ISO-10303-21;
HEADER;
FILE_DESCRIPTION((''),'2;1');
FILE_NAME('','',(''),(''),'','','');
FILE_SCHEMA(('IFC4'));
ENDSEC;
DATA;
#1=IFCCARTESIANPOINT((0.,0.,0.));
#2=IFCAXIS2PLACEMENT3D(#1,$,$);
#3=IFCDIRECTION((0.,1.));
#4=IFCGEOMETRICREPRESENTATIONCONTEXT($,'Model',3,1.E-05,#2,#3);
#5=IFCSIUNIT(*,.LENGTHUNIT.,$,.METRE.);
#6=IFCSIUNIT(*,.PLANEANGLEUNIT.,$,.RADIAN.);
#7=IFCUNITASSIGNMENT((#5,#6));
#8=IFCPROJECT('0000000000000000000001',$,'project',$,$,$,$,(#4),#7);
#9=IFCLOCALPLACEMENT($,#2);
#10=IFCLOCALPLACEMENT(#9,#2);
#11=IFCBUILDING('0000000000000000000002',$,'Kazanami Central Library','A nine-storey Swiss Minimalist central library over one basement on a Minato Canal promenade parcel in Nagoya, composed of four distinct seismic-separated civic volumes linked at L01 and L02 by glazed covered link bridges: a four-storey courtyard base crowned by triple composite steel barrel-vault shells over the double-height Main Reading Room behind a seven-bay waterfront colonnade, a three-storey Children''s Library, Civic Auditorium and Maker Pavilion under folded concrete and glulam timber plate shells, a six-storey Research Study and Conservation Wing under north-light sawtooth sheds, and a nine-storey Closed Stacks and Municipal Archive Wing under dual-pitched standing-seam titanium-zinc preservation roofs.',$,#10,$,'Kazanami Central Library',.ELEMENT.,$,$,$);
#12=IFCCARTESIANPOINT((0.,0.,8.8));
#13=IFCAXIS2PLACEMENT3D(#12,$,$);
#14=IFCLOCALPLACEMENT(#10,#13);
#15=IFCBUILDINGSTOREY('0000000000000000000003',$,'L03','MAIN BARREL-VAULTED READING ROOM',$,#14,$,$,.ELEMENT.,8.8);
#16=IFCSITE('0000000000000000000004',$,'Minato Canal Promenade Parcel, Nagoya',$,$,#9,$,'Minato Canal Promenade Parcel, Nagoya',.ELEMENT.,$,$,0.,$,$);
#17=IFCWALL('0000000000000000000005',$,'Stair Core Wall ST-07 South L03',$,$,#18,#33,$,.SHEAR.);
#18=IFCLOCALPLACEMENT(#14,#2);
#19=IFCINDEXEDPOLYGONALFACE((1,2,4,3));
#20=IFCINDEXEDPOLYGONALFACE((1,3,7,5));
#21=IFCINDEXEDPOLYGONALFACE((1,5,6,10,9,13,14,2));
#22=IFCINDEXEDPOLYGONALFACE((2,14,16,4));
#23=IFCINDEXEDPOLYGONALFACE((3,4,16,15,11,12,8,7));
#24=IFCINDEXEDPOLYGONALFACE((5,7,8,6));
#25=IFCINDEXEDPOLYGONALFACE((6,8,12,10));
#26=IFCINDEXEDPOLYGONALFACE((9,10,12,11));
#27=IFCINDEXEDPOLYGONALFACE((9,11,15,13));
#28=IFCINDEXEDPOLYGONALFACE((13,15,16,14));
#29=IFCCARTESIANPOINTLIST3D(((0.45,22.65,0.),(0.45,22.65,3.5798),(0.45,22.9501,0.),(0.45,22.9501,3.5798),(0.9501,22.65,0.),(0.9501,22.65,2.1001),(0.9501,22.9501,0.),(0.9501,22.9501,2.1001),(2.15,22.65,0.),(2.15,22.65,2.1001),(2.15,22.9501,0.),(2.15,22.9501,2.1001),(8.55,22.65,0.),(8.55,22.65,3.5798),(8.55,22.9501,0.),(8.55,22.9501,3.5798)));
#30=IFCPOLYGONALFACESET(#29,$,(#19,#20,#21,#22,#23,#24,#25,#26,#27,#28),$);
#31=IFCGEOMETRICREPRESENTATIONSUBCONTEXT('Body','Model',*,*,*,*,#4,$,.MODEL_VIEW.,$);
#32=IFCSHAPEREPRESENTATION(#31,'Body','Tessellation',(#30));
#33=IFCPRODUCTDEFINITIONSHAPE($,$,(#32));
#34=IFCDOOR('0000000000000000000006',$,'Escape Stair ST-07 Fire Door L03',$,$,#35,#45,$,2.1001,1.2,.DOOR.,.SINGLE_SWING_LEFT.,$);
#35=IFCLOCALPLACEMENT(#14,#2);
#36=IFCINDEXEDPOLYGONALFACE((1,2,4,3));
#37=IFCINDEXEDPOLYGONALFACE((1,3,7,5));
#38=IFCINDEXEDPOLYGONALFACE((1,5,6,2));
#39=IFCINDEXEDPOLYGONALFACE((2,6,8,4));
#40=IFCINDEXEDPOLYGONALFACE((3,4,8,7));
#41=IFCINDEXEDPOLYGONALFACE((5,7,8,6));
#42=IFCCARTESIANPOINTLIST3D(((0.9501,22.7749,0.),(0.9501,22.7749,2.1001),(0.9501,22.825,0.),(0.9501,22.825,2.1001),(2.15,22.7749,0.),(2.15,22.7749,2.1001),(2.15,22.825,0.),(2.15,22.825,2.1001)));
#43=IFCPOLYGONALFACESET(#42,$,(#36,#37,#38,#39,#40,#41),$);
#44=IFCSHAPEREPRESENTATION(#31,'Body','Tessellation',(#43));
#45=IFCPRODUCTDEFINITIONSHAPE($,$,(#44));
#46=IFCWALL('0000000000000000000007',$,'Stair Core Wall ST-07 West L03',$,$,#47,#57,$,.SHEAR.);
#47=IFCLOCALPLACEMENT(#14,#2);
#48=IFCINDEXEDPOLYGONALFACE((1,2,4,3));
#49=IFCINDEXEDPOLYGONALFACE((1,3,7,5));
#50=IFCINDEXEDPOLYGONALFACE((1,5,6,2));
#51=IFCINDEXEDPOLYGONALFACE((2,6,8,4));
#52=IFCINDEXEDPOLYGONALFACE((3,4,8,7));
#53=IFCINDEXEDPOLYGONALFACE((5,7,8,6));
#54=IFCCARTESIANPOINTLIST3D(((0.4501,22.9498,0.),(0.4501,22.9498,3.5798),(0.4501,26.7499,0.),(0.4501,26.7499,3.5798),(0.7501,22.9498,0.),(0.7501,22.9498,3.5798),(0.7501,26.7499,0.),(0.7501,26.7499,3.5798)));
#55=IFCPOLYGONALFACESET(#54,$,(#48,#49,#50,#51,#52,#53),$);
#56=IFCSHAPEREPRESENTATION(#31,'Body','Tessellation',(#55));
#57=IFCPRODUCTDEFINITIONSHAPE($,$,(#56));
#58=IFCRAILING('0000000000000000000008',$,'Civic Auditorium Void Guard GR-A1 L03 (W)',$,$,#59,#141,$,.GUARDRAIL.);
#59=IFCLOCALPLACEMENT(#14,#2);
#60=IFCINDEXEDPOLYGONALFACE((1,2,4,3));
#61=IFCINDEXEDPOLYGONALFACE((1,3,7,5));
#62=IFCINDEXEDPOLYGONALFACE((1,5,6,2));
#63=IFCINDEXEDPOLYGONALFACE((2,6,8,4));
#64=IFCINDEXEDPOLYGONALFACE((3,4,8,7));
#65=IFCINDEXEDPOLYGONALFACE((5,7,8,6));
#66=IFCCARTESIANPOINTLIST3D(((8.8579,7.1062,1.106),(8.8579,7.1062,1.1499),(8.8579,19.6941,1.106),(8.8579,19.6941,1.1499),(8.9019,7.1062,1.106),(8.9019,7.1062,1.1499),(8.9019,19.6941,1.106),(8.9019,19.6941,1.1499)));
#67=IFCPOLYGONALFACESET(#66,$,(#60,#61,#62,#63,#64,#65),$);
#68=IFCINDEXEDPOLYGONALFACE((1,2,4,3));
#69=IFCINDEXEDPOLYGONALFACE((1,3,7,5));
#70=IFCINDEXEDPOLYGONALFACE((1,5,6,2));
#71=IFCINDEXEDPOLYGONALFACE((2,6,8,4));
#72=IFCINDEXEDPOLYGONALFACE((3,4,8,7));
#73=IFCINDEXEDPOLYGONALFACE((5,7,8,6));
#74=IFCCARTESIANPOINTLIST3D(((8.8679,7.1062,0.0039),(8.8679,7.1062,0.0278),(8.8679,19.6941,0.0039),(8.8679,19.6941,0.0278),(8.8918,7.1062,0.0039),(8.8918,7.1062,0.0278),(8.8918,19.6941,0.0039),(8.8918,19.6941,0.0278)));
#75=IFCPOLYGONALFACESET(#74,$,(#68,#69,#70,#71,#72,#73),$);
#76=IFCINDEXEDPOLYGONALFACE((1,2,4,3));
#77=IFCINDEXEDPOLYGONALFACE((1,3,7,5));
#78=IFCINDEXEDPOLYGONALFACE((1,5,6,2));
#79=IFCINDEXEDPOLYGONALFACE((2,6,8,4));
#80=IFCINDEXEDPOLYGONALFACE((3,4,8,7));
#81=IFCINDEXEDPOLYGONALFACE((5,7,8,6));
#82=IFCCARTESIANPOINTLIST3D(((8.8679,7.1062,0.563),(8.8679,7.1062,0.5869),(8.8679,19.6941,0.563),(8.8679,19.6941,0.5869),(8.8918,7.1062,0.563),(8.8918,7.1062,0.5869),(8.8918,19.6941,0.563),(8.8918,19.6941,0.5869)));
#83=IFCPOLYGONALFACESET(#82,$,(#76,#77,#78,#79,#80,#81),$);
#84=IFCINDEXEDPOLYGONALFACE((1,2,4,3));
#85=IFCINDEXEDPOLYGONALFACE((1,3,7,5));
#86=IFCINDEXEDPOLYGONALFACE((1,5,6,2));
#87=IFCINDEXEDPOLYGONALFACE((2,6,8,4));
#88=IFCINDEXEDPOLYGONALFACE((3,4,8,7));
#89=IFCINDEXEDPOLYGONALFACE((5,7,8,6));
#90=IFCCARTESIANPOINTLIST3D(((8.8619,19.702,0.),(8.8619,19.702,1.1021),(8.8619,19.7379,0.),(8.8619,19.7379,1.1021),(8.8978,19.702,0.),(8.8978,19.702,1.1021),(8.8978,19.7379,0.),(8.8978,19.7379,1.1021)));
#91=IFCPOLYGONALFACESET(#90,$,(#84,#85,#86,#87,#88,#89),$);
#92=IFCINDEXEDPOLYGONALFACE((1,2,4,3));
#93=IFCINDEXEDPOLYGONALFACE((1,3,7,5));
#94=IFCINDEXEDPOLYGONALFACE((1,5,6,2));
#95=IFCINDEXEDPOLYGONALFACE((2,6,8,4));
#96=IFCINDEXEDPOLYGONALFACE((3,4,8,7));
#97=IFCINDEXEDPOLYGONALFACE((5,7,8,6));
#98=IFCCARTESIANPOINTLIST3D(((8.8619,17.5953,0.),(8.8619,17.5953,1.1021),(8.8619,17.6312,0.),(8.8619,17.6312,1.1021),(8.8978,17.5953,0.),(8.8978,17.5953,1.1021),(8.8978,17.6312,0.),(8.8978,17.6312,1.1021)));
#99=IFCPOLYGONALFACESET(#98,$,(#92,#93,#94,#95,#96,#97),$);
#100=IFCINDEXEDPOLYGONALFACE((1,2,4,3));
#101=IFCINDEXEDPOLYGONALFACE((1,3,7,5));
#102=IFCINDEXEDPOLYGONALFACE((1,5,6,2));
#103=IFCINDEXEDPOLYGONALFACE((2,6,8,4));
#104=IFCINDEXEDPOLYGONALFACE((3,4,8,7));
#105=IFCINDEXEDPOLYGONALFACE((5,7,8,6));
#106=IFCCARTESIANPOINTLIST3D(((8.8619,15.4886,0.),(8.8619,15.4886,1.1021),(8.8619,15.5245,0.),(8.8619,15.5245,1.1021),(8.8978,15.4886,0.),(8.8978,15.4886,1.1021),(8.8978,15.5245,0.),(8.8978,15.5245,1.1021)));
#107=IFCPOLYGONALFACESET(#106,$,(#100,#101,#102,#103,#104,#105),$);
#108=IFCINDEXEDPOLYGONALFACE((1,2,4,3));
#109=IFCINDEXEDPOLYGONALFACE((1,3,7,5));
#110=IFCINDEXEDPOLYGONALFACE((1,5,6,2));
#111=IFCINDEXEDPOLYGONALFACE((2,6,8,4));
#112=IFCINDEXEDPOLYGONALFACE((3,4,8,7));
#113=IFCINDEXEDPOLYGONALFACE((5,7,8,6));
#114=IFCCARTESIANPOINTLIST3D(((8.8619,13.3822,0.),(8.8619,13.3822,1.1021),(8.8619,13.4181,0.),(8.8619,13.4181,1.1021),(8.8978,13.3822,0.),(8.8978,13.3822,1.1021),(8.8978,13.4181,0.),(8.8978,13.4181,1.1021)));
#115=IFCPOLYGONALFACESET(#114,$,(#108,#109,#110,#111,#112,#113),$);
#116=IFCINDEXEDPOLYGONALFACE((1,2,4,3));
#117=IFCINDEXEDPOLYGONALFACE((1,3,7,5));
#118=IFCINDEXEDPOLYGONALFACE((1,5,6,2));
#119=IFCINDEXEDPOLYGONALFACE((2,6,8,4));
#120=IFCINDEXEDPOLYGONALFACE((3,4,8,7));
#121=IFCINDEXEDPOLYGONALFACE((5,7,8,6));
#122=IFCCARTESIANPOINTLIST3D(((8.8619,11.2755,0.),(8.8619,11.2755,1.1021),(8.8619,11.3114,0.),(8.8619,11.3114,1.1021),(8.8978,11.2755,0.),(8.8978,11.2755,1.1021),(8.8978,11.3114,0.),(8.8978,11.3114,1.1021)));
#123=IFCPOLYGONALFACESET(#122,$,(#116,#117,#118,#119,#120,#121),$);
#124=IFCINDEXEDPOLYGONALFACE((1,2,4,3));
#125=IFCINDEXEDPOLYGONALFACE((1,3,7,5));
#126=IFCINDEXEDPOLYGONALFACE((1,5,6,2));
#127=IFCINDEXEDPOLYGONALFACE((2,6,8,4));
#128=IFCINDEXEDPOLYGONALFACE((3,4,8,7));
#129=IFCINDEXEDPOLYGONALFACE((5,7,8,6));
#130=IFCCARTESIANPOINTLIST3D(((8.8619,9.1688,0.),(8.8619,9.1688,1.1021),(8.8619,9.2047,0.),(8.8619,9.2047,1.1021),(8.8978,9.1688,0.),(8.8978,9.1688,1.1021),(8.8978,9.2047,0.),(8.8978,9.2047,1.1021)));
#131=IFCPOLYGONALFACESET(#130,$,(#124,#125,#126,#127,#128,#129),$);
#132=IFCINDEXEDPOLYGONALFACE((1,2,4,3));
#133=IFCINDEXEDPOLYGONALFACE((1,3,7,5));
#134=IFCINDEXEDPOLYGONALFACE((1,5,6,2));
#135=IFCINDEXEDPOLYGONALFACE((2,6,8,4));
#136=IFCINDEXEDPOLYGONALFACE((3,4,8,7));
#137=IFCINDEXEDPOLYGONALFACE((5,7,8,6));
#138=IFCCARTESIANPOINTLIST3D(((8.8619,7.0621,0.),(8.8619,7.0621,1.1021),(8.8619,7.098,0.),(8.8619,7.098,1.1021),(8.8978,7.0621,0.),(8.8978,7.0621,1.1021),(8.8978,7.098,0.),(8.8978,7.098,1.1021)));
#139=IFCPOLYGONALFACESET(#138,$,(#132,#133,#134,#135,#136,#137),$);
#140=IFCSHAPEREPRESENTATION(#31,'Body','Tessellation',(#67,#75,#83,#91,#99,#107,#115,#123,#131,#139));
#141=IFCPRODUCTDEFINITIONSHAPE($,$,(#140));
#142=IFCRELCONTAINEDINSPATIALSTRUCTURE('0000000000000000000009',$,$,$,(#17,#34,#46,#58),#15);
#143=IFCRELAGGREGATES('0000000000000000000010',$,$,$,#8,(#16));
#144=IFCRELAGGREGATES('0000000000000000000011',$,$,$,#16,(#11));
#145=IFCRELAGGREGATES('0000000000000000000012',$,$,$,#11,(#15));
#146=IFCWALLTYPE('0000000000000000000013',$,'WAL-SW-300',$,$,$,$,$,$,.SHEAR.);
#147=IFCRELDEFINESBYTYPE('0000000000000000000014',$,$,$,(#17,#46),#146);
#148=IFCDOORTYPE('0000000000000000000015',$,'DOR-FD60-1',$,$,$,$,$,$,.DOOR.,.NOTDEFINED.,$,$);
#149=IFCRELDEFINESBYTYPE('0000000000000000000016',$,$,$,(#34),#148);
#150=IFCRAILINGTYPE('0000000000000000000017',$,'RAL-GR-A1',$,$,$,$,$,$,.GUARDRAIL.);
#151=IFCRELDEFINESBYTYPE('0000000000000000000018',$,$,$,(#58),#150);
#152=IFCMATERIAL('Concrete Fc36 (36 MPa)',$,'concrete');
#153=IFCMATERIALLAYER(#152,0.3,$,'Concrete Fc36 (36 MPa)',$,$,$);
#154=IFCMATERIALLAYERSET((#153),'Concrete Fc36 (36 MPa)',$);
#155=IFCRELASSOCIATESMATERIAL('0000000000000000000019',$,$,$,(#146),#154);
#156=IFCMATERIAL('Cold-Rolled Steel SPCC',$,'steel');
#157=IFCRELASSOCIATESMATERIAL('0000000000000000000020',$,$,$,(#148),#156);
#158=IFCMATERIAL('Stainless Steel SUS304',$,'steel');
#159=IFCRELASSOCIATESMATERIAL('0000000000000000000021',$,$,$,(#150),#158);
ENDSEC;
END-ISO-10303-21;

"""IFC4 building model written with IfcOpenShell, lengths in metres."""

from ifc_helpers import new_model, si_unit, direction, frame, frame_2d, origin, origin_2d, place, context, subcontext, project, spatial, rectangle, extrude, material, layer, layer_set, type_object, element, fill, save


model = new_model("IFC4")

# Units and contexts
model_context = context("Model", 3, precision=1e-05, world=origin(), true_north=direction((0.0, 1.0)))
body_context = subcontext(model_context, "Body", "Model", "MODEL_VIEW")
ifc_project = project(units=[si_unit("LENGTHUNIT", "METRE"), si_unit("PLANEANGLEUNIT", "RADIAN")], contexts=[model_context])

# Site, building, storey
site_placement = place(None, origin())
site = spatial("IfcSite", under=ifc_project, at=site_placement, Name="Minato Canal Promenade Parcel, Nagoya", LongName="Minato Canal Promenade Parcel, Nagoya", CompositionType="ELEMENT", RefElevation=0.0)
building_placement = place(site_placement, origin())
building = spatial("IfcBuilding", under=site, at=building_placement, Name="Kazanami Central Library", Description="A nine-storey Swiss Minimalist central library over one basement on a Minato Canal promenade parcel in Nagoya, composed of four distinct seismic-separated civic volumes linked at L01 and L02 by glazed covered link bridges: a four-storey courtyard base crowned by triple composite steel barrel-vault shells over the double-height Main Reading Room behind a seven-bay waterfront colonnade, a three-storey Children's Library, Civic Auditorium and Maker Pavilion under folded concrete and glulam timber plate shells, a six-storey Research Study and Conservation Wing under north-light sawtooth sheds, and a nine-storey Closed Stacks and Municipal Archive Wing under dual-pitched standing-seam titanium-zinc preservation roofs.", LongName="Kazanami Central Library", CompositionType="ELEMENT")
storey_placement = place(building_placement, frame((0.0, 0.0, 8.8)))
storey = spatial("IfcBuildingStorey", under=building, at=storey_placement, Name="L03", Description="MAIN BARREL-VAULTED READING ROOM", CompositionType="ELEMENT", Elevation=8.8)

# Shared definitions
ifc_material_1 = material(Name="Concrete Fc36 (36 MPa)", Category="concrete")

# Shared definitions
ifc_material_2 = material(Name="Cold-Rolled Steel SPCC", Category="steel")

# Wall, opening, door
ifc_layer_1 = layer(ifc_material_1, 0.3, Name="Concrete Fc36 (36 MPa)")
ifc_layer_set_1 = layer_set([ifc_layer_1], Name="Concrete Fc36 (36 MPa)")
wall_type_1 = type_object("IfcWallType", Name="WAL-SW-300", PredefinedType="SHEAR", material=ifc_layer_set_1)
wall_1_placement = place(storey_placement, frame((0.45, 22.8, 0.0), z_axis=(0.0, 0.0, 1.0), x_axis=(1.0, 0.0, 0.0)))
wall_1 = element("IfcWall", 1, at=wall_1_placement, inside=storey, type_object=wall_type_1, Name="Stair Core Wall ST-07 South L03", PredefinedType="SHEAR", context=body_context, shape_type="SweptSolid", body=[
    extrude(rectangle(XDim=8.1001, YDim=0.3, at=frame_2d((4.05, 0.0))), origin(), (0.0, 0.0, 1.0), 3.5798),
])
opening_1_placement = place(wall_1_placement, frame((0.5, 0.0, 0.0)))
opening_1 = element("IfcOpeningElement", 2, at=opening_1_placement, cuts=wall_1, PredefinedType="OPENING", context=body_context, shape_type="SweptSolid", body=[
    extrude(rectangle(XDim=1.2, YDim=2.1001, at=frame_2d((0.6001, 1.05))), frame((0.0, 0.1621, 0.0), z_axis=(0.0, -1.0, 0.0), x_axis=(1.0, 0.0, 0.0)), (0.0, 0.0, 1.0), 0.324),
])
door_type_1 = type_object("IfcDoorType", Name="DOR-FD60-1", OperationType="NOTDEFINED", PredefinedType="DOOR", material=ifc_material_2)
door_1_placement = place(opening_1_placement, origin())
door_1 = element("IfcDoor", 3, at=door_1_placement, inside=storey, type_object=door_type_1, Name="Escape Stair ST-07 Fire Door L03", OperationType="SINGLE_SWING_LEFT", OverallHeight=2.1001, OverallWidth=1.2, PredefinedType="DOOR", context=body_context, shape_type="SweptSolid", body=[
    extrude(rectangle(XDim=1.2, YDim=2.1001, at=frame_2d((0.6001, 1.05))), frame((0.0, 0.0249, 0.0), z_axis=(0.0, -1.0, 0.0), x_axis=(1.0, 0.0, 0.0)), (0.0, 0.0, 1.0), 0.05),
])
fill(opening_1, door_1)

# Wall
wall_2_placement = place(storey_placement, frame((0.6001, 22.95, 0.0), z_axis=(0.0, 0.0, 1.0), x_axis=(0.0, 1.0, 0.0)))
element("IfcWall", 4, at=wall_2_placement, inside=storey, type_object=wall_type_1, Name="Stair Core Wall ST-07 West L03", PredefinedType="SHEAR", context=body_context, shape_type="SweptSolid", body=[
    extrude(rectangle(XDim=3.8, YDim=0.3, at=frame_2d((1.8999, 0.0))), origin(), (0.0, 0.0, 1.0), 3.5798),
])

# Railing
ifc_material_3 = material(Name="Stainless Steel SUS304", Category="steel")
railing_type = type_object("IfcRailingType", Name="RAL-GR-A1", PredefinedType="GUARDRAIL", material=ifc_material_3)
railing_placement = place(storey_placement, frame((8.8799, 19.72, 0.0)))
element("IfcRailing", 5, at=railing_placement, inside=storey, type_object=railing_type, Name="Civic Auditorium Void Guard GR-A1 L03 (W)", PredefinedType="GUARDRAIL", context=body_context, shape_type="SweptSolid", body=[
    extrude(rectangle(XDim=0.0439, YDim=0.0439, at=origin_2d()), frame((0.0, -0.0259, 1.1279), z_axis=(0.0, -1.0, 0.0), x_axis=(1.0, 0.0, 0.0)), (0.0, 0.0, 1.0), 12.5879),
    extrude(rectangle(XDim=0.0239, YDim=0.0239, at=origin_2d()), frame((0.0, -0.0259, 0.0159), z_axis=(0.0, -1.0, 0.0), x_axis=(1.0, 0.0, 0.0)), (0.0, 0.0, 1.0), 12.5879),
    extrude(rectangle(XDim=0.0239, YDim=0.0239, at=origin_2d()), frame((0.0, -0.0259, 0.575), z_axis=(0.0, -1.0, 0.0), x_axis=(1.0, 0.0, 0.0)), (0.0, 0.0, 1.0), 12.5879),
    extrude(rectangle(XDim=0.0359, YDim=0.0359, at=origin_2d()), origin(), (0.0, 0.0, 1.0), 1.1021),
    extrude(rectangle(XDim=0.0359, YDim=0.0359, at=origin_2d()), frame((0.0, -2.1067, 0.0)), (0.0, 0.0, 1.0), 1.1021),
    extrude(rectangle(XDim=0.0359, YDim=0.0359, at=origin_2d()), frame((0.0, -4.2134, 0.0)), (0.0, 0.0, 1.0), 1.1021),
    extrude(rectangle(XDim=0.0359, YDim=0.0359, at=origin_2d()), frame((0.0, -6.3198, 0.0)), (0.0, 0.0, 1.0), 1.1021),
    extrude(rectangle(XDim=0.0359, YDim=0.0359, at=origin_2d()), frame((0.0, -8.4265, 0.0)), (0.0, 0.0, 1.0), 1.1021),
    extrude(rectangle(XDim=0.0359, YDim=0.0359, at=origin_2d()), frame((0.0, -10.5332, 0.0)), (0.0, 0.0, 1.0), 1.1021),
    extrude(rectangle(XDim=0.0359, YDim=0.0359, at=origin_2d()), frame((0.0, -12.6399, 0.0)), (0.0, 0.0, 1.0), 1.1021),
])

save(model, "model.ifc")
